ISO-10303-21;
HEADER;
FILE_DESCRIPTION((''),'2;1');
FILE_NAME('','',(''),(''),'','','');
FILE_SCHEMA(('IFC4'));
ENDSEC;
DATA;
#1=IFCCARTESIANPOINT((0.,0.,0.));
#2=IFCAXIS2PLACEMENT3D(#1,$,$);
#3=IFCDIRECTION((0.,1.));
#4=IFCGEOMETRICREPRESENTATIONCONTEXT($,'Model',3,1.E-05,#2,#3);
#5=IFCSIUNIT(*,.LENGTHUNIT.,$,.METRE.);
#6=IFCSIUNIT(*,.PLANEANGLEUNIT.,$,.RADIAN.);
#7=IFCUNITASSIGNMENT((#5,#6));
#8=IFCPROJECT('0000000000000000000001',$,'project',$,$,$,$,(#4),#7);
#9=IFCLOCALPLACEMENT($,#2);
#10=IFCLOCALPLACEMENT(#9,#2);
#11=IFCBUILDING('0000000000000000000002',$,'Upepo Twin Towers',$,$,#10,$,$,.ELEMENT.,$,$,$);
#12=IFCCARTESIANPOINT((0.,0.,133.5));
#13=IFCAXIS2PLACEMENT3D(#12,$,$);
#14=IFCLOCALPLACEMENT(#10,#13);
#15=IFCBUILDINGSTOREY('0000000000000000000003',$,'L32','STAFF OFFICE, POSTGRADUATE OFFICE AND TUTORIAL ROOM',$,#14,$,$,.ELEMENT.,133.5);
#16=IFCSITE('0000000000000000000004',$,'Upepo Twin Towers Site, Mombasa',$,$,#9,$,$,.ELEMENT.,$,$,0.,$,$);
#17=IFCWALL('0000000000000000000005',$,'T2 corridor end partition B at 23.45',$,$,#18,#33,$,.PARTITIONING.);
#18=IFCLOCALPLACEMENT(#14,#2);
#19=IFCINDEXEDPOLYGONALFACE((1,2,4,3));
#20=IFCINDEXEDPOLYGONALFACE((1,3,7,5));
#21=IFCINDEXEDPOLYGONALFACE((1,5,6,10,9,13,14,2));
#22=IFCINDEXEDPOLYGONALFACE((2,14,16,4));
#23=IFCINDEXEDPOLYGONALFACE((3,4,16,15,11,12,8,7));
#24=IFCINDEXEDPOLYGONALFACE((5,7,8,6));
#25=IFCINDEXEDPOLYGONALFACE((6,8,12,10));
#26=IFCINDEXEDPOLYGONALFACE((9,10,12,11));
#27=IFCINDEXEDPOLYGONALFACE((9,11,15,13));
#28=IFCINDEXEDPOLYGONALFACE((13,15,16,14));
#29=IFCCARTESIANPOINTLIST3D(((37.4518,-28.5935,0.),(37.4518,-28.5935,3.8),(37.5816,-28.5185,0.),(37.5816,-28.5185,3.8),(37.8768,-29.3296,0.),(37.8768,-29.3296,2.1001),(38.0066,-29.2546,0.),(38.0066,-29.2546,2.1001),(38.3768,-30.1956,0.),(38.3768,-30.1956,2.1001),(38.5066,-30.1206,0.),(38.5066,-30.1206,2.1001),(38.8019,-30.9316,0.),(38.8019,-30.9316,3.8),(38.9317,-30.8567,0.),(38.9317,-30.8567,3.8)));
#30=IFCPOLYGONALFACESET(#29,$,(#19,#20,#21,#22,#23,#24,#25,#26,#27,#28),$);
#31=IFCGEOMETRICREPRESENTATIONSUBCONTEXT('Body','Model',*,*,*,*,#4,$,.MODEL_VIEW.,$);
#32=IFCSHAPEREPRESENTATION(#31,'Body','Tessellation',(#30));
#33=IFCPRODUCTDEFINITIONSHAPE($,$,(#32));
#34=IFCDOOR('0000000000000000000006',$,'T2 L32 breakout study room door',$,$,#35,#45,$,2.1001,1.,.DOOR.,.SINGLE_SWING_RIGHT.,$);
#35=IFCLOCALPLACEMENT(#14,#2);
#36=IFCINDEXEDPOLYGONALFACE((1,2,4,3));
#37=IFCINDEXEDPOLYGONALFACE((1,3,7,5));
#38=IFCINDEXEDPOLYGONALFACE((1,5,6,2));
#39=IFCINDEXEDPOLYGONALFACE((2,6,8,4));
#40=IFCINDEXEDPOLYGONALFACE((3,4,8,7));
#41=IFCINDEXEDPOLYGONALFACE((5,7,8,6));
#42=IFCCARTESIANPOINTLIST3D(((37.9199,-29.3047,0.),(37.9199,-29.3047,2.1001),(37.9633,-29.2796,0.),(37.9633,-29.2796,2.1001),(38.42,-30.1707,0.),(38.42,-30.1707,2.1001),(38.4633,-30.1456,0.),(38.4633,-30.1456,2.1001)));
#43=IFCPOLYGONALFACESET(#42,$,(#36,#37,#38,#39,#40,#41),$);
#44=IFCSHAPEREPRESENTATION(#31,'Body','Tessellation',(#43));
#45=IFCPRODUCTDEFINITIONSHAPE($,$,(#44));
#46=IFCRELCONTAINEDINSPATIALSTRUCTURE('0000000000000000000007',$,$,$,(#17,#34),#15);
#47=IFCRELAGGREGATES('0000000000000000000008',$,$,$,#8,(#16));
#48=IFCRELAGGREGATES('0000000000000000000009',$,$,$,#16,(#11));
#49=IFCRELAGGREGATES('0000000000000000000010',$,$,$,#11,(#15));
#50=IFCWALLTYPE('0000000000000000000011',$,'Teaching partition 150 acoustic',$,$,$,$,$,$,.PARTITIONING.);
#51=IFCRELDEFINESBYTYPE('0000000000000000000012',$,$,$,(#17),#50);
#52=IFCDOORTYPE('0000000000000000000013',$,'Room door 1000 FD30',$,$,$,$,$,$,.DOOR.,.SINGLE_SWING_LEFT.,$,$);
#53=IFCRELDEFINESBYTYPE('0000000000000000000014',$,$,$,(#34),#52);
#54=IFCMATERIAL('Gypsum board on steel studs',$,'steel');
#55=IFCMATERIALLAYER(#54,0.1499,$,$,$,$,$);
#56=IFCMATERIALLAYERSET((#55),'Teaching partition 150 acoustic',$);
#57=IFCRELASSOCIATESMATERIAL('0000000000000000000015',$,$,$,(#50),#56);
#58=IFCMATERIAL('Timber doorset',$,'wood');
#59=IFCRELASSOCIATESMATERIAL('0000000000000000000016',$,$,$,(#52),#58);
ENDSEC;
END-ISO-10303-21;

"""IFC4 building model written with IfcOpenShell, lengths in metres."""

from ifc_helpers import new_model, si_unit, direction, frame, frame_2d, origin, place, context, subcontext, project, spatial, rectangle, extrude, material, layer, layer_set, type_object, element, fill, save


model = new_model("IFC4")

# Units and contexts
model_context = context("Model", 3, precision=1e-05, world=origin(), true_north=direction((0.0, 1.0)))
body_context = subcontext(model_context, "Body", "Model", "MODEL_VIEW")
ifc_project = project(units=[si_unit("LENGTHUNIT", "METRE"), si_unit("PLANEANGLEUNIT", "RADIAN")], contexts=[model_context])

# Site, building, storey
site_placement = place(None, origin())
site = spatial("IfcSite", under=ifc_project, at=site_placement, Name="Upepo Twin Towers Site, Mombasa", CompositionType="ELEMENT", RefElevation=0.0)
building_placement = place(site_placement, origin())
building = spatial("IfcBuilding", under=site, at=building_placement, Name="Upepo Twin Towers", CompositionType="ELEMENT")
storey_placement = place(building_placement, frame((0.0, 0.0, 133.5)))
storey = spatial("IfcBuildingStorey", under=building, at=storey_placement, Name="L32", Description="STAFF OFFICE, POSTGRADUATE OFFICE AND TUTORIAL ROOM", CompositionType="ELEMENT", Elevation=133.5)

# Shared definitions
ifc_material_1 = material(Name="Gypsum board on steel studs", Category="steel")
ifc_layer_1 = layer(ifc_material_1, 0.1499)
ifc_layer_set_1 = layer_set([ifc_layer_1], Name="Teaching partition 150 acoustic")
wall_type_1 = type_object("IfcWallType", Name="Teaching partition 150 acoustic", PredefinedType="PARTITIONING", material=ifc_layer_set_1)

# Shared definitions
ifc_material_2 = material(Name="Timber doorset", Category="wood")
door_type = type_object("IfcDoorType", Name="Room door 1000 FD30", OperationType="SINGLE_SWING_LEFT", PredefinedType="DOOR", material=ifc_material_2)

# Wall, opening, door
wall_1_placement = place(storey_placement, frame((37.5166, -28.5559, 0.0), z_axis=(0.0, 0.0, 1.0), x_axis=(0.500049, -0.865997, 0.0)))
wall_1 = element("IfcWall", 1, at=wall_1_placement, inside=storey, type_object=wall_type_1, Name="T2 corridor end partition B at 23.45", PredefinedType="PARTITIONING", context=body_context, shape_type="SweptSolid", body=[
    extrude(rectangle(XDim=2.7, YDim=0.1499, at=frame_2d((1.3501, 0.0))), origin(), (0.0, 0.0, 1.0), 3.8),
])
opening_1_placement = place(wall_1_placement, frame((0.8501, 0.0, 0.0)))
opening_1 = element("IfcOpeningElement", 2, at=opening_1_placement, cuts=wall_1, PredefinedType="OPENING", context=body_context, shape_type="SweptSolid", body=[
    extrude(rectangle(XDim=1.0, YDim=2.1001, at=frame_2d((0.5, 1.05))), frame((0.0, 0.085, 0.0), z_axis=(0.0, -1.0, 0.0), x_axis=(1.0, 0.0, 0.0)), (0.0, 0.0, 1.0), 0.1699),
])
door_1_placement = place(opening_1_placement, origin())
door_1 = element("IfcDoor", 3, at=door_1_placement, inside=storey, type_object=door_type, Name="T2 L32 breakout study room door", OperationType="SINGLE_SWING_RIGHT", OverallHeight=2.1001, OverallWidth=1.0, PredefinedType="DOOR", context=body_context, shape_type="SweptSolid", body=[
    extrude(rectangle(XDim=1.0, YDim=2.1001, at=frame_2d((0.5, 1.05))), frame((0.0, 0.0249, 0.0), z_axis=(0.0, -1.0, 0.0), x_axis=(1.0, 0.0, 0.0)), (0.0, 0.0, 1.0), 0.05),
])
fill(opening_1, door_1)

save(model, "model.ifc")
